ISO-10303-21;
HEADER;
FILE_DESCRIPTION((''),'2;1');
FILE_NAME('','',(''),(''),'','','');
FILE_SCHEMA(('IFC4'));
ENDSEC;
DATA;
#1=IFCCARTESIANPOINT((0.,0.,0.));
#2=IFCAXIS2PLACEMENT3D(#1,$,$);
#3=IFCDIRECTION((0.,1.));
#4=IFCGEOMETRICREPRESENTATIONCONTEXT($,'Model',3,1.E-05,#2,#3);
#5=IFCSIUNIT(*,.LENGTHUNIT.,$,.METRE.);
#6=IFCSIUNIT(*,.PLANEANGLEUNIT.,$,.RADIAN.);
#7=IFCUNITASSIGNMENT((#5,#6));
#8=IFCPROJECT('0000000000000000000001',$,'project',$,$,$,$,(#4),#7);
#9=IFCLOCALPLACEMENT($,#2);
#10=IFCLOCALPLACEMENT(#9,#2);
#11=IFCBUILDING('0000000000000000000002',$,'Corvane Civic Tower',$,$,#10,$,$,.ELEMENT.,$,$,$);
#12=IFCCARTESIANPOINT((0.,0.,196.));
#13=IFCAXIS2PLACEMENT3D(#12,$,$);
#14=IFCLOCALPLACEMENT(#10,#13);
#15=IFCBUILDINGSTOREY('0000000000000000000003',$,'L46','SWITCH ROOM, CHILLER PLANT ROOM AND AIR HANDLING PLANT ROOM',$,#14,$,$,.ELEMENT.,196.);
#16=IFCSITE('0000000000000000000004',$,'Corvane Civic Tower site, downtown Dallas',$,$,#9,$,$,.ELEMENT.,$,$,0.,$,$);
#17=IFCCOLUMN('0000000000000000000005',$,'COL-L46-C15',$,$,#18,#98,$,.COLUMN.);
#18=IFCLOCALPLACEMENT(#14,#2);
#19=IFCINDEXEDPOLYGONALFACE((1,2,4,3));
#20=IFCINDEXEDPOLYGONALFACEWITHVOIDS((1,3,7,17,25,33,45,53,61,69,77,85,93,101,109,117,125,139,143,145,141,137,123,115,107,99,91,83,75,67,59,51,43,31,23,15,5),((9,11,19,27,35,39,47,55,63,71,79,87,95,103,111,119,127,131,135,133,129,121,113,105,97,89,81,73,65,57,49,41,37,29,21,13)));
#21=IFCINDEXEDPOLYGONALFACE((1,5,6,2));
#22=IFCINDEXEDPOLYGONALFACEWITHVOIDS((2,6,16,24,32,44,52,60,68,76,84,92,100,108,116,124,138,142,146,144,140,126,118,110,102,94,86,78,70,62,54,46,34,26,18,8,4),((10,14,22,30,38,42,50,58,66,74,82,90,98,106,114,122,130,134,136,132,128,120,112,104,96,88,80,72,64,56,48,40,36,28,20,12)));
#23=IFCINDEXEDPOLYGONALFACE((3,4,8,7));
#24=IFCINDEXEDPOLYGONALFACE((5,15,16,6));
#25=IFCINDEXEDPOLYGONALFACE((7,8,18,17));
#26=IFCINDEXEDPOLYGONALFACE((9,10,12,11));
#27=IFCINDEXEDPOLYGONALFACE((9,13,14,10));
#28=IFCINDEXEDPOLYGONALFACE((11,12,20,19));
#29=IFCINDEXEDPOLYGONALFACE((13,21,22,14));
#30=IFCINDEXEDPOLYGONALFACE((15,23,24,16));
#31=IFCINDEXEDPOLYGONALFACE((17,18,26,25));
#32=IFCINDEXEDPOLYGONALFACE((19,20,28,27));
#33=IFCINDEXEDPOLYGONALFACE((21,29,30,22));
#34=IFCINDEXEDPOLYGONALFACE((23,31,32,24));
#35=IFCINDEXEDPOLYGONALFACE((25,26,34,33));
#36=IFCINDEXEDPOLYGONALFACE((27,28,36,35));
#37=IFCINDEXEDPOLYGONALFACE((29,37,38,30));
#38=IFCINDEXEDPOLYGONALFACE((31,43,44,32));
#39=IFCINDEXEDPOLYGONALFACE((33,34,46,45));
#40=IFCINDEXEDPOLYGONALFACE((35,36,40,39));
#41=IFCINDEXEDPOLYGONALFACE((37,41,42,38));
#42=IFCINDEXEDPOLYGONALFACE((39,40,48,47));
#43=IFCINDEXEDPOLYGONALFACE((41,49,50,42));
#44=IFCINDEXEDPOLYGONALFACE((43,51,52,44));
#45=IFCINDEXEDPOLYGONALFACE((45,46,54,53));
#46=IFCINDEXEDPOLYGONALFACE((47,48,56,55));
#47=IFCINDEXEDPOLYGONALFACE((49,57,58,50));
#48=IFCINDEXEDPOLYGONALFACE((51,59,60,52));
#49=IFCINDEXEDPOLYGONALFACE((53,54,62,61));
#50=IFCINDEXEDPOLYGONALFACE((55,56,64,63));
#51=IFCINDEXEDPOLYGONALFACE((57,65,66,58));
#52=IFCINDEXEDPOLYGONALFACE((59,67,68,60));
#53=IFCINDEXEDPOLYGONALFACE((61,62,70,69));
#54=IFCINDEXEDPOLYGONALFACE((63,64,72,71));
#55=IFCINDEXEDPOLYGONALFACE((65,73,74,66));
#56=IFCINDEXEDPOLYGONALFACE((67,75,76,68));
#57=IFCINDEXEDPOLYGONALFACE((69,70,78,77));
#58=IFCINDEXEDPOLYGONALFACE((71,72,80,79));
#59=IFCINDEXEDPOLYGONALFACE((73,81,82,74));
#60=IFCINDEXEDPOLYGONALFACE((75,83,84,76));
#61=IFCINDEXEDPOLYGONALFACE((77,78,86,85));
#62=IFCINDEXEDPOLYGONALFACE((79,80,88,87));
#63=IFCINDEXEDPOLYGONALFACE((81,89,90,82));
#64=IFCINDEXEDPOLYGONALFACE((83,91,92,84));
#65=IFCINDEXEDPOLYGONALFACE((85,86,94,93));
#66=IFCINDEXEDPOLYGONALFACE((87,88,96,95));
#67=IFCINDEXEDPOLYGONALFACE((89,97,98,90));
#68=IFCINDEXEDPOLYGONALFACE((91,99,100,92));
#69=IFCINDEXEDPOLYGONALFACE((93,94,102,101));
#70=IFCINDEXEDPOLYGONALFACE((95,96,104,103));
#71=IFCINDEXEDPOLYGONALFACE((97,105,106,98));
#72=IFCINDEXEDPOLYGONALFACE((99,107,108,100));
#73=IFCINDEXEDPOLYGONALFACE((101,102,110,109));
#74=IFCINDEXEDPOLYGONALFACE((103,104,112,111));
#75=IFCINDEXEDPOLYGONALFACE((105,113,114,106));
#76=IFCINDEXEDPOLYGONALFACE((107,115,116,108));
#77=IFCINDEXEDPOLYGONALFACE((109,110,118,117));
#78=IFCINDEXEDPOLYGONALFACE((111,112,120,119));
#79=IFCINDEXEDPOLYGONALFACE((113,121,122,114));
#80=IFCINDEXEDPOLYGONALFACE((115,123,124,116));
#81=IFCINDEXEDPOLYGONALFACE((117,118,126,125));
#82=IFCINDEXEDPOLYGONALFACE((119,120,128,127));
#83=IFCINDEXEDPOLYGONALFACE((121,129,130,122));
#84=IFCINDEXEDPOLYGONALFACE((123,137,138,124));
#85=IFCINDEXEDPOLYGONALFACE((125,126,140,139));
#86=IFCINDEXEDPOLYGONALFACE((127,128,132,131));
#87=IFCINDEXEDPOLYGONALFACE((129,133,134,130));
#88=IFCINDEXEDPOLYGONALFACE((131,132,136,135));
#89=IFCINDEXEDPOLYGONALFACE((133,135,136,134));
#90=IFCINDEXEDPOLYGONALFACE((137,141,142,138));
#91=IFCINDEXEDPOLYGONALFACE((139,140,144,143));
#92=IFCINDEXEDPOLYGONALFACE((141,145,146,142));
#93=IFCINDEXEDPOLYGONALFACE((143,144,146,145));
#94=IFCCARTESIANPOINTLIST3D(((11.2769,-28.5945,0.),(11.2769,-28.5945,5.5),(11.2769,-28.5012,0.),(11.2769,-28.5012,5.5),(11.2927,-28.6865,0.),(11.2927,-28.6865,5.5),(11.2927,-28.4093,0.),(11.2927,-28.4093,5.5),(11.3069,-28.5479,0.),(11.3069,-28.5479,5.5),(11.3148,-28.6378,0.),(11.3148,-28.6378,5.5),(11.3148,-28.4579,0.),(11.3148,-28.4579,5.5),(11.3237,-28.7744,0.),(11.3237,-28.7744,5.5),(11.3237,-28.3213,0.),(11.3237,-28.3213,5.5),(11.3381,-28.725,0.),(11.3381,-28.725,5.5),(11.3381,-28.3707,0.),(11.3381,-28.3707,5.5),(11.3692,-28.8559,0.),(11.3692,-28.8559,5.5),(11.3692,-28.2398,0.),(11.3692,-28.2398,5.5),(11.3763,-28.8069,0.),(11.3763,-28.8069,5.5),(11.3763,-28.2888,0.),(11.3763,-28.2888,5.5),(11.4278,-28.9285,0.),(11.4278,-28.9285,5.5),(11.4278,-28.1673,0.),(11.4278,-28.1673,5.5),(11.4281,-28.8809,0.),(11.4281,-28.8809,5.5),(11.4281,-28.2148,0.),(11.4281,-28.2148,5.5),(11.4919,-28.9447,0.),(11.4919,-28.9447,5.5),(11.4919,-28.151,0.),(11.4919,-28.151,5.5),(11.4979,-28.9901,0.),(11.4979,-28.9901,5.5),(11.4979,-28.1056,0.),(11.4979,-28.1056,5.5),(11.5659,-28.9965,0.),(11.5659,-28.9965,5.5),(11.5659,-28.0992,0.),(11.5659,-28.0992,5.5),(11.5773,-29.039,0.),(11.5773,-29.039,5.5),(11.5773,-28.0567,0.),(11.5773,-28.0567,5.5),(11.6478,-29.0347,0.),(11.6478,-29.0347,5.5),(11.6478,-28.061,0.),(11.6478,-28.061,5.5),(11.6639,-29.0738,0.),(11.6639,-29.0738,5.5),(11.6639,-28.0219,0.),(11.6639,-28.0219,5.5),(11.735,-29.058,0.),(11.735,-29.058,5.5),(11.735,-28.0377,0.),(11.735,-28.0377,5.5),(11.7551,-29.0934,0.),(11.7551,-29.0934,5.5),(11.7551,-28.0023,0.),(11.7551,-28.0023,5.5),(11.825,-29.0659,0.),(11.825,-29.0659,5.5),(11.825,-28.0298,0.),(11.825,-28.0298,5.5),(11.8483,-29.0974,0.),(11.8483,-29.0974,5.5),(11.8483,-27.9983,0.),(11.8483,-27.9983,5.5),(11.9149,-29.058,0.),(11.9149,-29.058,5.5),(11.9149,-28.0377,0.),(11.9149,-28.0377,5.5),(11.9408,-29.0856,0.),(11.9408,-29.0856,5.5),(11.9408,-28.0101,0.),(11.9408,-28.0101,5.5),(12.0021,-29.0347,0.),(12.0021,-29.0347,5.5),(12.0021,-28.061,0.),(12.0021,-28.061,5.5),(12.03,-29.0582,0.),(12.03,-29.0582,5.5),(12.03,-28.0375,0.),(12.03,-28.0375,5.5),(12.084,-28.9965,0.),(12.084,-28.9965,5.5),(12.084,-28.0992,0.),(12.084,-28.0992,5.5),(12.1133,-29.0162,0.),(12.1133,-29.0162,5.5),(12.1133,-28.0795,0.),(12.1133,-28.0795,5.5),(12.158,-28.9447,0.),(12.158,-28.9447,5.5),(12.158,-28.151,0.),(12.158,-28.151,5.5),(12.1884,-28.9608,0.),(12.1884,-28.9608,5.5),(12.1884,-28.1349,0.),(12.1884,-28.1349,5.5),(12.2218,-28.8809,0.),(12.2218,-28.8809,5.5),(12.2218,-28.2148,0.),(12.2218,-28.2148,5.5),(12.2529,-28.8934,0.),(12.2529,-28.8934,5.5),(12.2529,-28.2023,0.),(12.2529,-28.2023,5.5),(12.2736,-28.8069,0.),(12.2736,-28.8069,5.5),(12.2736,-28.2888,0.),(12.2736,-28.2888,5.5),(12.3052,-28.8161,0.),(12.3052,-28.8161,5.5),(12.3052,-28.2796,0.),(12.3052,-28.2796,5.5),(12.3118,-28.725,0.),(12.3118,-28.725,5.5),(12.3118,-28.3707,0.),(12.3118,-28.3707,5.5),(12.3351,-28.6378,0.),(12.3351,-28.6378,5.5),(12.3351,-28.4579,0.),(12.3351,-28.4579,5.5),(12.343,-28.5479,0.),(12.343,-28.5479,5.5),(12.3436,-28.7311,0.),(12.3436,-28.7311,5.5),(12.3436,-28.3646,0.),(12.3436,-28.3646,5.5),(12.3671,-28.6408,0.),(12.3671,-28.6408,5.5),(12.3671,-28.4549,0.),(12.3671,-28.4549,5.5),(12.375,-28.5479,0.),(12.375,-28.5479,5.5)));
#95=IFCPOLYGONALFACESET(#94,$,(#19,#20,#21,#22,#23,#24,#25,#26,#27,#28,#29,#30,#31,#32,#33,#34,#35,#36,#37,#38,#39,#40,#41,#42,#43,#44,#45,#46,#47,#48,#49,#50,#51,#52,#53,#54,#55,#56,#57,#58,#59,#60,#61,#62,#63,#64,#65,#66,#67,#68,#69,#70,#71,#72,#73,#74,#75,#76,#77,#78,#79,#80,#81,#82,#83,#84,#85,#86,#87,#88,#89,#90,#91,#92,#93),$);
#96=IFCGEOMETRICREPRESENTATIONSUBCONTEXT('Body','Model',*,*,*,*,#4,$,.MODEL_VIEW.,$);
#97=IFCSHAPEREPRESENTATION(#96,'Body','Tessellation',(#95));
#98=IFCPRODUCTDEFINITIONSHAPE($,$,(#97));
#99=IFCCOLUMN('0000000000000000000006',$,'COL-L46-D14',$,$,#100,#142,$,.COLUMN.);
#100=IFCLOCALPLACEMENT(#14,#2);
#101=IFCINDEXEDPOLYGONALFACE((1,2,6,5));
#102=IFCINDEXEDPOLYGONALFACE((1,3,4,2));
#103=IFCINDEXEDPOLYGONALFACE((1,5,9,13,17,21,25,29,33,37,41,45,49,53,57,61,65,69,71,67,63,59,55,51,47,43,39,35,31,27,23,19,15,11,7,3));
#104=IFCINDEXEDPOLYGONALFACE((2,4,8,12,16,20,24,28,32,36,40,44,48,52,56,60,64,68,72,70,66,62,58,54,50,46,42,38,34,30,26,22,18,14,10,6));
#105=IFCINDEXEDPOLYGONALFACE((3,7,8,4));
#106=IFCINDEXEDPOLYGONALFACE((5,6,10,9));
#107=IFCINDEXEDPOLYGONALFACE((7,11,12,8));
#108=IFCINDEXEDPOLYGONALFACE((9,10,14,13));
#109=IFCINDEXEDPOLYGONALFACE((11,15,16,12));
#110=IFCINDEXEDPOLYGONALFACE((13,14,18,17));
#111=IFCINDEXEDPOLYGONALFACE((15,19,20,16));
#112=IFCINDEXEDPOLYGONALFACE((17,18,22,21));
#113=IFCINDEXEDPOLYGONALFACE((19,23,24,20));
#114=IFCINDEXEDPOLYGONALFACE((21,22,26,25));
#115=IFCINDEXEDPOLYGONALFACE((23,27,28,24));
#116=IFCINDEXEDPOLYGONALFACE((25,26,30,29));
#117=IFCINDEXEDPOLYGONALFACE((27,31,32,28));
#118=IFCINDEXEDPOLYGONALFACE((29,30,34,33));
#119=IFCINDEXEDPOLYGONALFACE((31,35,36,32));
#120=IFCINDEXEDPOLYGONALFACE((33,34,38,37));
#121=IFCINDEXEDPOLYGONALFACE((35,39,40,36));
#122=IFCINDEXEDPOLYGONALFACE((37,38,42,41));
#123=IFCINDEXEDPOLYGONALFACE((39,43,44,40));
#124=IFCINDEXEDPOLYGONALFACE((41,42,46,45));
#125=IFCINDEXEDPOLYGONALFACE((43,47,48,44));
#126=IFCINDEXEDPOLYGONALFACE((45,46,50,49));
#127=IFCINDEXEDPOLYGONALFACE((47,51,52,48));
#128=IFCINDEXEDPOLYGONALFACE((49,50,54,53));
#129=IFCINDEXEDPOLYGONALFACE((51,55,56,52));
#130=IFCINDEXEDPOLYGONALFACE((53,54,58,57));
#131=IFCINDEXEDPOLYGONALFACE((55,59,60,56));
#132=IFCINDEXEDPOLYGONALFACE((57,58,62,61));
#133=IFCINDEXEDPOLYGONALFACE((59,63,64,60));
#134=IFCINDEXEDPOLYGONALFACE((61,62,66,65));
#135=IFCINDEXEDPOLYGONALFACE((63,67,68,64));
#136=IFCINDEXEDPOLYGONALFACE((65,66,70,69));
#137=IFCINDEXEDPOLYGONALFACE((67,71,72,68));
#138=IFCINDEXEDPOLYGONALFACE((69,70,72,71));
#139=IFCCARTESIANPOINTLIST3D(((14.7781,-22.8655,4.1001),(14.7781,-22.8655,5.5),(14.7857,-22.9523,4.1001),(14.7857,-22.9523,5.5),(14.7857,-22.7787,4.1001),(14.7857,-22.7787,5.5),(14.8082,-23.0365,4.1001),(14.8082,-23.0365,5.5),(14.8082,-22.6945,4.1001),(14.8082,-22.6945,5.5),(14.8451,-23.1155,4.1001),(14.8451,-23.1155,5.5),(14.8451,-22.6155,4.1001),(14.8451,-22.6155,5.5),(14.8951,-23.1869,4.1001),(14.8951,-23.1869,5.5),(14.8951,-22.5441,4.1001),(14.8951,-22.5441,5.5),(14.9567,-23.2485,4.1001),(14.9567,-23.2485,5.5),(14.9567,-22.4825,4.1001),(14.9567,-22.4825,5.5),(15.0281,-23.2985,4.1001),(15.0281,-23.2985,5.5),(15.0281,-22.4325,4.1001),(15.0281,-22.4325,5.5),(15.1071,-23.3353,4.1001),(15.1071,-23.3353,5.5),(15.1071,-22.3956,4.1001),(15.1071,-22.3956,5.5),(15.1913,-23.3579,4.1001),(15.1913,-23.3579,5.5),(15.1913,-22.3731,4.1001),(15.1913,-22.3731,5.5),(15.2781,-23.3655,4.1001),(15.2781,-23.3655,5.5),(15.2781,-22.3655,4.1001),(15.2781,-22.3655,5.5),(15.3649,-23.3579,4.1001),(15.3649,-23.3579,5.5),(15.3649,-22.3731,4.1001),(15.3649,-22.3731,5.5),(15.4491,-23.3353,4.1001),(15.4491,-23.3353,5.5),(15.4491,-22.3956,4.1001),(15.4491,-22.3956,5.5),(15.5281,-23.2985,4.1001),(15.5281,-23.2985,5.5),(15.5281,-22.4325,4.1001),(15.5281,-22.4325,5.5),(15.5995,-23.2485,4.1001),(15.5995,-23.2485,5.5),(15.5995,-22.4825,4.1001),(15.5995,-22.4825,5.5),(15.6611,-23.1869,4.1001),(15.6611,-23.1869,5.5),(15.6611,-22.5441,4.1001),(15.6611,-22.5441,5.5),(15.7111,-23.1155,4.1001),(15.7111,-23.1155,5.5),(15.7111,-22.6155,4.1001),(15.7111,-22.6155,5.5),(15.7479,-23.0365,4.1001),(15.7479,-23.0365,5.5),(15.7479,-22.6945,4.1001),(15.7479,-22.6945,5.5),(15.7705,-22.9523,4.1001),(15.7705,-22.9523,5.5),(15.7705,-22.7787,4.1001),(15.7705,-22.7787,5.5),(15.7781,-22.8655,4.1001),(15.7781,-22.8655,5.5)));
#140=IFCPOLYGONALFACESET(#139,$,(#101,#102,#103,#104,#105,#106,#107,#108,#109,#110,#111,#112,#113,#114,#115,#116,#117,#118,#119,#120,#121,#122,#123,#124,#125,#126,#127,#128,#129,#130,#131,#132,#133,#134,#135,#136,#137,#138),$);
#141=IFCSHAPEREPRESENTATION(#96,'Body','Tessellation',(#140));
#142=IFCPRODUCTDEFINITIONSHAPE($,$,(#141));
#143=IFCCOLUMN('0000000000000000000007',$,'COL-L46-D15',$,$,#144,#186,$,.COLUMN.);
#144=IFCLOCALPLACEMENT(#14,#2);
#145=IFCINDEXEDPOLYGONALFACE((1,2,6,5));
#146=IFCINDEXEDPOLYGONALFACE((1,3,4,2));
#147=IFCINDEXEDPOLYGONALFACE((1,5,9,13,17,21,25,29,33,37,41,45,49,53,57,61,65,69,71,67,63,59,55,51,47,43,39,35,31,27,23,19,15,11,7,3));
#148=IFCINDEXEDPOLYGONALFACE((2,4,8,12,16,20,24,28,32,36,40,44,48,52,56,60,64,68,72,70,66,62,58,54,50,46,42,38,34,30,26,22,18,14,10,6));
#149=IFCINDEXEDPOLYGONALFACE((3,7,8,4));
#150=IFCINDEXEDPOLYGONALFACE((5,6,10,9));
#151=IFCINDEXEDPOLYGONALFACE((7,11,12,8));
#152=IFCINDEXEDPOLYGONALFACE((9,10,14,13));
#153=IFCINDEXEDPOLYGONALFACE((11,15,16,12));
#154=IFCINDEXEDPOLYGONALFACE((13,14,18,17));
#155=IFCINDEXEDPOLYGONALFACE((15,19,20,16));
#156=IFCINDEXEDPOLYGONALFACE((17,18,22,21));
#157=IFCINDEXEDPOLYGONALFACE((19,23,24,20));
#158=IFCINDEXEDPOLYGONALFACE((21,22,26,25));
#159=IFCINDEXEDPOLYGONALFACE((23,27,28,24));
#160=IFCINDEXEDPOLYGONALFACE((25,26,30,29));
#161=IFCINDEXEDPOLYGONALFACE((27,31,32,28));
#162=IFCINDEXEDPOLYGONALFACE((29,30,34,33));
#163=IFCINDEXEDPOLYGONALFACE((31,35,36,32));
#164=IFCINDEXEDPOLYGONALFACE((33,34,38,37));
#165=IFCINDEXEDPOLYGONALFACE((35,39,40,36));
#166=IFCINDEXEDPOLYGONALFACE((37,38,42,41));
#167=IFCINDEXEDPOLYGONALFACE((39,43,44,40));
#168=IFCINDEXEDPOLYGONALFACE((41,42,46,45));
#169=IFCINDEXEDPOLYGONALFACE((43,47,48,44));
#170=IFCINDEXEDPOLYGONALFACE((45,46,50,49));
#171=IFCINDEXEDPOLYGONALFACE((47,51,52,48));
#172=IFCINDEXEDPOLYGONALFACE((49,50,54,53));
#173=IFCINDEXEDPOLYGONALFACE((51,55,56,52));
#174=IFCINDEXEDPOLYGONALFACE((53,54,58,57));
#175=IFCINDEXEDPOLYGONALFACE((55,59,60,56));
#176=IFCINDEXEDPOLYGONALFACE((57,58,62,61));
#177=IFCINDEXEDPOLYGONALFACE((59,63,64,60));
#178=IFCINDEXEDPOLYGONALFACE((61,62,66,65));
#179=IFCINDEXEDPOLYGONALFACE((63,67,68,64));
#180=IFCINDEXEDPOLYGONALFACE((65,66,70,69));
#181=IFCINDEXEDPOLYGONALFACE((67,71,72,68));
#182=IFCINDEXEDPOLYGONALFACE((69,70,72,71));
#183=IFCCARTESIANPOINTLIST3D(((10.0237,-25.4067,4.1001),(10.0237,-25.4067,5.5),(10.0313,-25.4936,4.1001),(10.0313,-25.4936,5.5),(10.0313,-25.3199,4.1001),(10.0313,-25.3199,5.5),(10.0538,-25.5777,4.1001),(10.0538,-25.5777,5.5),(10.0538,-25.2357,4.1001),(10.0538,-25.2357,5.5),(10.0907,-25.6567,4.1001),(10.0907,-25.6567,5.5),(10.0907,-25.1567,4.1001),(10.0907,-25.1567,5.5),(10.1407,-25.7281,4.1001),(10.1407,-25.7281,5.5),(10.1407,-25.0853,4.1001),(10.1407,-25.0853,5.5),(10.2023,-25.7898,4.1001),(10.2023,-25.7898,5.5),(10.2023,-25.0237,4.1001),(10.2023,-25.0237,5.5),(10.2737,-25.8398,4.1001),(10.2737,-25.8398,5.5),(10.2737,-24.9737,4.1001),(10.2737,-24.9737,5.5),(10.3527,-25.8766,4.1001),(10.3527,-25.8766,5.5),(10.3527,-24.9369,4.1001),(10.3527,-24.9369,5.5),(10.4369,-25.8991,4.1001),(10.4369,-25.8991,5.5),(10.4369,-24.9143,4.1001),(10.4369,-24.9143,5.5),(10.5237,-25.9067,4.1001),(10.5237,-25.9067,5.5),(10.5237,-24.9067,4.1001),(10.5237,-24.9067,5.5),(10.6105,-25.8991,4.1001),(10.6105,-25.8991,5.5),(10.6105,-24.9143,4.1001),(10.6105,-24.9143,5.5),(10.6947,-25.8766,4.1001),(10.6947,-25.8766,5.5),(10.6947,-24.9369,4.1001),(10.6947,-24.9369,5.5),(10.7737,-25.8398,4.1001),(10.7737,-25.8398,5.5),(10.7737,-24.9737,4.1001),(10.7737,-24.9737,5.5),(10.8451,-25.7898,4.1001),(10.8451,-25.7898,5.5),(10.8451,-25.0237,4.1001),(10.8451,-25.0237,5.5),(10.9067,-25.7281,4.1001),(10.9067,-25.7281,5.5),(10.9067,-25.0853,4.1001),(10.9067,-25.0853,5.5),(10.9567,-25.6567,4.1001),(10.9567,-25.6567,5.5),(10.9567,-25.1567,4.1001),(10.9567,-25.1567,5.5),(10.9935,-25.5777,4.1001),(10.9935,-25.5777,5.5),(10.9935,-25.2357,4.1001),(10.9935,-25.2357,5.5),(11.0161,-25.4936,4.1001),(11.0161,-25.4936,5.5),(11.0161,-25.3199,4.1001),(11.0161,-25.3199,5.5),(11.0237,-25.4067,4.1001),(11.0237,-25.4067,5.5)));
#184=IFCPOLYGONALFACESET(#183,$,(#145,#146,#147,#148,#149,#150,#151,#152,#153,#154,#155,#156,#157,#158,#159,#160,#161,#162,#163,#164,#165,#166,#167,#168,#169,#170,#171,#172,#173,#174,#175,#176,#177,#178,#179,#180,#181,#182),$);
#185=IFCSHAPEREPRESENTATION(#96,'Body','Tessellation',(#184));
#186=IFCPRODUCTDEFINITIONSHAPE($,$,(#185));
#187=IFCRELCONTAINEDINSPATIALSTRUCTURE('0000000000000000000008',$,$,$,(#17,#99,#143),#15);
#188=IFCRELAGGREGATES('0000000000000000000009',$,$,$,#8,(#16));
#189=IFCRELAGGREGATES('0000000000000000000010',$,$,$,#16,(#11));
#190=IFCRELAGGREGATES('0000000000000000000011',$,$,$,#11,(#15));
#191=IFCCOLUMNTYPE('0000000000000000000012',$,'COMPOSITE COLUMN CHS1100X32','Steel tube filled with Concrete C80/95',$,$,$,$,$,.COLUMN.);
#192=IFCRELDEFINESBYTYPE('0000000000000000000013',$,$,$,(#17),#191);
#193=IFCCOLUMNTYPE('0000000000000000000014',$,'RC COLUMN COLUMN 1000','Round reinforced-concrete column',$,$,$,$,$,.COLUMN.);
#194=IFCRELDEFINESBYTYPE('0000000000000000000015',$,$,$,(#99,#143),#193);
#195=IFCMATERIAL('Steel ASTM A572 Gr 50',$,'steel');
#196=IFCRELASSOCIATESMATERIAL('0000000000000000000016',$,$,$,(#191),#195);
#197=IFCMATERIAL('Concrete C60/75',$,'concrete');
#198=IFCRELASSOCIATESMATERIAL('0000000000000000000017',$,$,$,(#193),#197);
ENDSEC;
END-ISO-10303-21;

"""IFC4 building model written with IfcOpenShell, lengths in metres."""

from ifc_helpers import new_model, si_unit, direction, frame, origin, origin_2d, place, context, subcontext, project, spatial, circle, hollow_circle, extrude, material, material_profile, profile_set, type_object, element, save


model = new_model("IFC4")

# Units and contexts
model_context = context("Model", 3, precision=1e-05, world=origin(), true_north=direction((0.0, 1.0)))
body_context = subcontext(model_context, "Body", "Model", "MODEL_VIEW")
ifc_project = project(units=[si_unit("LENGTHUNIT", "METRE"), si_unit("PLANEANGLEUNIT", "RADIAN")], contexts=[model_context])

# Site, building, storey
site_placement = place(None, origin())
site = spatial("IfcSite", under=ifc_project, at=site_placement, Name="Corvane Civic Tower site, downtown Dallas", CompositionType="ELEMENT", RefElevation=0.0)
building_placement = place(site_placement, origin())
building = spatial("IfcBuilding", under=site, at=building_placement, Name="Corvane Civic Tower", CompositionType="ELEMENT")
storey_placement = place(building_placement, frame((0.0, 0.0, 196.0)))
storey = spatial("IfcBuildingStorey", under=building, at=storey_placement, Name="L46", Description="SWITCH ROOM, CHILLER PLANT ROOM AND AIR HANDLING PLANT ROOM", CompositionType="ELEMENT", Elevation=196.0)

# Columns
ifc_material_1 = material(Name="Steel ASTM A572 Gr 50", Category="steel")
ifc_material_profile_1 = material_profile(ifc_material_1, hollow_circle(Radius=0.55, WallThickness=0.032, at=origin_2d()), Name="CHS1100X32")
ifc_profile_set_1 = profile_set([ifc_material_profile_1], Name="Steel ASTM A572 Gr 50")
column_type_1 = type_object("IfcColumnType", Name="COMPOSITE COLUMN CHS1100X32", Description="Steel tube filled with Concrete C80/95", PredefinedType="COLUMN", material=ifc_profile_set_1)
column_placement = place(storey_placement, frame((11.825, -28.5479, 0.0), z_axis=(0.0, 0.0, 1.0), x_axis=(1.0, 0.0, 0.0)))
element("IfcColumn", 1, at=column_placement, inside=storey, type_object=column_type_1, Name="COL-L46-C15", PredefinedType="COLUMN", context=body_context, shape_type="SweptSolid", body=[
    extrude(hollow_circle(Radius=0.55, WallThickness=0.032, at=origin_2d()), origin(), (0.0, 0.0, 1.0), 5.5),
])
ifc_material_2 = material(Name="Concrete C60/75", Category="concrete")
ifc_material_profile_2 = material_profile(ifc_material_2, circle(Radius=0.5, at=origin_2d()), Name="COLUMN 1000")
ifc_profile_set_2 = profile_set([ifc_material_profile_2], Name="Concrete C60/75")
column_type_2 = type_object("IfcColumnType", Name="RC COLUMN COLUMN 1000", Description="Round reinforced-concrete column", PredefinedType="COLUMN", material=ifc_profile_set_2)
for number, where, z_axis, x_axis, name in (
    (2, (15.2781, -22.8655, 4.1001), (0.0, 0.0, 1.0), (1.0, 0.0, 0.0), "COL-L46-D14"),
    (3, (10.5237, -25.4067, 4.1001), (0.0, 0.0, 1.0), (1.0, 0.0, 0.0), "COL-L46-D15"),
):
    element("IfcColumn", number, at=place(storey_placement, frame(where, z_axis=z_axis, x_axis=x_axis)), inside=storey, type_object=column_type_2, Name=name, PredefinedType="COLUMN", context=body_context, shape_type="SweptSolid", body=[
        extrude(circle(Radius=0.5, at=origin_2d()), origin(), (0.0, 0.0, 1.0), 1.3999),
    ])

save(model, "model.ifc")
